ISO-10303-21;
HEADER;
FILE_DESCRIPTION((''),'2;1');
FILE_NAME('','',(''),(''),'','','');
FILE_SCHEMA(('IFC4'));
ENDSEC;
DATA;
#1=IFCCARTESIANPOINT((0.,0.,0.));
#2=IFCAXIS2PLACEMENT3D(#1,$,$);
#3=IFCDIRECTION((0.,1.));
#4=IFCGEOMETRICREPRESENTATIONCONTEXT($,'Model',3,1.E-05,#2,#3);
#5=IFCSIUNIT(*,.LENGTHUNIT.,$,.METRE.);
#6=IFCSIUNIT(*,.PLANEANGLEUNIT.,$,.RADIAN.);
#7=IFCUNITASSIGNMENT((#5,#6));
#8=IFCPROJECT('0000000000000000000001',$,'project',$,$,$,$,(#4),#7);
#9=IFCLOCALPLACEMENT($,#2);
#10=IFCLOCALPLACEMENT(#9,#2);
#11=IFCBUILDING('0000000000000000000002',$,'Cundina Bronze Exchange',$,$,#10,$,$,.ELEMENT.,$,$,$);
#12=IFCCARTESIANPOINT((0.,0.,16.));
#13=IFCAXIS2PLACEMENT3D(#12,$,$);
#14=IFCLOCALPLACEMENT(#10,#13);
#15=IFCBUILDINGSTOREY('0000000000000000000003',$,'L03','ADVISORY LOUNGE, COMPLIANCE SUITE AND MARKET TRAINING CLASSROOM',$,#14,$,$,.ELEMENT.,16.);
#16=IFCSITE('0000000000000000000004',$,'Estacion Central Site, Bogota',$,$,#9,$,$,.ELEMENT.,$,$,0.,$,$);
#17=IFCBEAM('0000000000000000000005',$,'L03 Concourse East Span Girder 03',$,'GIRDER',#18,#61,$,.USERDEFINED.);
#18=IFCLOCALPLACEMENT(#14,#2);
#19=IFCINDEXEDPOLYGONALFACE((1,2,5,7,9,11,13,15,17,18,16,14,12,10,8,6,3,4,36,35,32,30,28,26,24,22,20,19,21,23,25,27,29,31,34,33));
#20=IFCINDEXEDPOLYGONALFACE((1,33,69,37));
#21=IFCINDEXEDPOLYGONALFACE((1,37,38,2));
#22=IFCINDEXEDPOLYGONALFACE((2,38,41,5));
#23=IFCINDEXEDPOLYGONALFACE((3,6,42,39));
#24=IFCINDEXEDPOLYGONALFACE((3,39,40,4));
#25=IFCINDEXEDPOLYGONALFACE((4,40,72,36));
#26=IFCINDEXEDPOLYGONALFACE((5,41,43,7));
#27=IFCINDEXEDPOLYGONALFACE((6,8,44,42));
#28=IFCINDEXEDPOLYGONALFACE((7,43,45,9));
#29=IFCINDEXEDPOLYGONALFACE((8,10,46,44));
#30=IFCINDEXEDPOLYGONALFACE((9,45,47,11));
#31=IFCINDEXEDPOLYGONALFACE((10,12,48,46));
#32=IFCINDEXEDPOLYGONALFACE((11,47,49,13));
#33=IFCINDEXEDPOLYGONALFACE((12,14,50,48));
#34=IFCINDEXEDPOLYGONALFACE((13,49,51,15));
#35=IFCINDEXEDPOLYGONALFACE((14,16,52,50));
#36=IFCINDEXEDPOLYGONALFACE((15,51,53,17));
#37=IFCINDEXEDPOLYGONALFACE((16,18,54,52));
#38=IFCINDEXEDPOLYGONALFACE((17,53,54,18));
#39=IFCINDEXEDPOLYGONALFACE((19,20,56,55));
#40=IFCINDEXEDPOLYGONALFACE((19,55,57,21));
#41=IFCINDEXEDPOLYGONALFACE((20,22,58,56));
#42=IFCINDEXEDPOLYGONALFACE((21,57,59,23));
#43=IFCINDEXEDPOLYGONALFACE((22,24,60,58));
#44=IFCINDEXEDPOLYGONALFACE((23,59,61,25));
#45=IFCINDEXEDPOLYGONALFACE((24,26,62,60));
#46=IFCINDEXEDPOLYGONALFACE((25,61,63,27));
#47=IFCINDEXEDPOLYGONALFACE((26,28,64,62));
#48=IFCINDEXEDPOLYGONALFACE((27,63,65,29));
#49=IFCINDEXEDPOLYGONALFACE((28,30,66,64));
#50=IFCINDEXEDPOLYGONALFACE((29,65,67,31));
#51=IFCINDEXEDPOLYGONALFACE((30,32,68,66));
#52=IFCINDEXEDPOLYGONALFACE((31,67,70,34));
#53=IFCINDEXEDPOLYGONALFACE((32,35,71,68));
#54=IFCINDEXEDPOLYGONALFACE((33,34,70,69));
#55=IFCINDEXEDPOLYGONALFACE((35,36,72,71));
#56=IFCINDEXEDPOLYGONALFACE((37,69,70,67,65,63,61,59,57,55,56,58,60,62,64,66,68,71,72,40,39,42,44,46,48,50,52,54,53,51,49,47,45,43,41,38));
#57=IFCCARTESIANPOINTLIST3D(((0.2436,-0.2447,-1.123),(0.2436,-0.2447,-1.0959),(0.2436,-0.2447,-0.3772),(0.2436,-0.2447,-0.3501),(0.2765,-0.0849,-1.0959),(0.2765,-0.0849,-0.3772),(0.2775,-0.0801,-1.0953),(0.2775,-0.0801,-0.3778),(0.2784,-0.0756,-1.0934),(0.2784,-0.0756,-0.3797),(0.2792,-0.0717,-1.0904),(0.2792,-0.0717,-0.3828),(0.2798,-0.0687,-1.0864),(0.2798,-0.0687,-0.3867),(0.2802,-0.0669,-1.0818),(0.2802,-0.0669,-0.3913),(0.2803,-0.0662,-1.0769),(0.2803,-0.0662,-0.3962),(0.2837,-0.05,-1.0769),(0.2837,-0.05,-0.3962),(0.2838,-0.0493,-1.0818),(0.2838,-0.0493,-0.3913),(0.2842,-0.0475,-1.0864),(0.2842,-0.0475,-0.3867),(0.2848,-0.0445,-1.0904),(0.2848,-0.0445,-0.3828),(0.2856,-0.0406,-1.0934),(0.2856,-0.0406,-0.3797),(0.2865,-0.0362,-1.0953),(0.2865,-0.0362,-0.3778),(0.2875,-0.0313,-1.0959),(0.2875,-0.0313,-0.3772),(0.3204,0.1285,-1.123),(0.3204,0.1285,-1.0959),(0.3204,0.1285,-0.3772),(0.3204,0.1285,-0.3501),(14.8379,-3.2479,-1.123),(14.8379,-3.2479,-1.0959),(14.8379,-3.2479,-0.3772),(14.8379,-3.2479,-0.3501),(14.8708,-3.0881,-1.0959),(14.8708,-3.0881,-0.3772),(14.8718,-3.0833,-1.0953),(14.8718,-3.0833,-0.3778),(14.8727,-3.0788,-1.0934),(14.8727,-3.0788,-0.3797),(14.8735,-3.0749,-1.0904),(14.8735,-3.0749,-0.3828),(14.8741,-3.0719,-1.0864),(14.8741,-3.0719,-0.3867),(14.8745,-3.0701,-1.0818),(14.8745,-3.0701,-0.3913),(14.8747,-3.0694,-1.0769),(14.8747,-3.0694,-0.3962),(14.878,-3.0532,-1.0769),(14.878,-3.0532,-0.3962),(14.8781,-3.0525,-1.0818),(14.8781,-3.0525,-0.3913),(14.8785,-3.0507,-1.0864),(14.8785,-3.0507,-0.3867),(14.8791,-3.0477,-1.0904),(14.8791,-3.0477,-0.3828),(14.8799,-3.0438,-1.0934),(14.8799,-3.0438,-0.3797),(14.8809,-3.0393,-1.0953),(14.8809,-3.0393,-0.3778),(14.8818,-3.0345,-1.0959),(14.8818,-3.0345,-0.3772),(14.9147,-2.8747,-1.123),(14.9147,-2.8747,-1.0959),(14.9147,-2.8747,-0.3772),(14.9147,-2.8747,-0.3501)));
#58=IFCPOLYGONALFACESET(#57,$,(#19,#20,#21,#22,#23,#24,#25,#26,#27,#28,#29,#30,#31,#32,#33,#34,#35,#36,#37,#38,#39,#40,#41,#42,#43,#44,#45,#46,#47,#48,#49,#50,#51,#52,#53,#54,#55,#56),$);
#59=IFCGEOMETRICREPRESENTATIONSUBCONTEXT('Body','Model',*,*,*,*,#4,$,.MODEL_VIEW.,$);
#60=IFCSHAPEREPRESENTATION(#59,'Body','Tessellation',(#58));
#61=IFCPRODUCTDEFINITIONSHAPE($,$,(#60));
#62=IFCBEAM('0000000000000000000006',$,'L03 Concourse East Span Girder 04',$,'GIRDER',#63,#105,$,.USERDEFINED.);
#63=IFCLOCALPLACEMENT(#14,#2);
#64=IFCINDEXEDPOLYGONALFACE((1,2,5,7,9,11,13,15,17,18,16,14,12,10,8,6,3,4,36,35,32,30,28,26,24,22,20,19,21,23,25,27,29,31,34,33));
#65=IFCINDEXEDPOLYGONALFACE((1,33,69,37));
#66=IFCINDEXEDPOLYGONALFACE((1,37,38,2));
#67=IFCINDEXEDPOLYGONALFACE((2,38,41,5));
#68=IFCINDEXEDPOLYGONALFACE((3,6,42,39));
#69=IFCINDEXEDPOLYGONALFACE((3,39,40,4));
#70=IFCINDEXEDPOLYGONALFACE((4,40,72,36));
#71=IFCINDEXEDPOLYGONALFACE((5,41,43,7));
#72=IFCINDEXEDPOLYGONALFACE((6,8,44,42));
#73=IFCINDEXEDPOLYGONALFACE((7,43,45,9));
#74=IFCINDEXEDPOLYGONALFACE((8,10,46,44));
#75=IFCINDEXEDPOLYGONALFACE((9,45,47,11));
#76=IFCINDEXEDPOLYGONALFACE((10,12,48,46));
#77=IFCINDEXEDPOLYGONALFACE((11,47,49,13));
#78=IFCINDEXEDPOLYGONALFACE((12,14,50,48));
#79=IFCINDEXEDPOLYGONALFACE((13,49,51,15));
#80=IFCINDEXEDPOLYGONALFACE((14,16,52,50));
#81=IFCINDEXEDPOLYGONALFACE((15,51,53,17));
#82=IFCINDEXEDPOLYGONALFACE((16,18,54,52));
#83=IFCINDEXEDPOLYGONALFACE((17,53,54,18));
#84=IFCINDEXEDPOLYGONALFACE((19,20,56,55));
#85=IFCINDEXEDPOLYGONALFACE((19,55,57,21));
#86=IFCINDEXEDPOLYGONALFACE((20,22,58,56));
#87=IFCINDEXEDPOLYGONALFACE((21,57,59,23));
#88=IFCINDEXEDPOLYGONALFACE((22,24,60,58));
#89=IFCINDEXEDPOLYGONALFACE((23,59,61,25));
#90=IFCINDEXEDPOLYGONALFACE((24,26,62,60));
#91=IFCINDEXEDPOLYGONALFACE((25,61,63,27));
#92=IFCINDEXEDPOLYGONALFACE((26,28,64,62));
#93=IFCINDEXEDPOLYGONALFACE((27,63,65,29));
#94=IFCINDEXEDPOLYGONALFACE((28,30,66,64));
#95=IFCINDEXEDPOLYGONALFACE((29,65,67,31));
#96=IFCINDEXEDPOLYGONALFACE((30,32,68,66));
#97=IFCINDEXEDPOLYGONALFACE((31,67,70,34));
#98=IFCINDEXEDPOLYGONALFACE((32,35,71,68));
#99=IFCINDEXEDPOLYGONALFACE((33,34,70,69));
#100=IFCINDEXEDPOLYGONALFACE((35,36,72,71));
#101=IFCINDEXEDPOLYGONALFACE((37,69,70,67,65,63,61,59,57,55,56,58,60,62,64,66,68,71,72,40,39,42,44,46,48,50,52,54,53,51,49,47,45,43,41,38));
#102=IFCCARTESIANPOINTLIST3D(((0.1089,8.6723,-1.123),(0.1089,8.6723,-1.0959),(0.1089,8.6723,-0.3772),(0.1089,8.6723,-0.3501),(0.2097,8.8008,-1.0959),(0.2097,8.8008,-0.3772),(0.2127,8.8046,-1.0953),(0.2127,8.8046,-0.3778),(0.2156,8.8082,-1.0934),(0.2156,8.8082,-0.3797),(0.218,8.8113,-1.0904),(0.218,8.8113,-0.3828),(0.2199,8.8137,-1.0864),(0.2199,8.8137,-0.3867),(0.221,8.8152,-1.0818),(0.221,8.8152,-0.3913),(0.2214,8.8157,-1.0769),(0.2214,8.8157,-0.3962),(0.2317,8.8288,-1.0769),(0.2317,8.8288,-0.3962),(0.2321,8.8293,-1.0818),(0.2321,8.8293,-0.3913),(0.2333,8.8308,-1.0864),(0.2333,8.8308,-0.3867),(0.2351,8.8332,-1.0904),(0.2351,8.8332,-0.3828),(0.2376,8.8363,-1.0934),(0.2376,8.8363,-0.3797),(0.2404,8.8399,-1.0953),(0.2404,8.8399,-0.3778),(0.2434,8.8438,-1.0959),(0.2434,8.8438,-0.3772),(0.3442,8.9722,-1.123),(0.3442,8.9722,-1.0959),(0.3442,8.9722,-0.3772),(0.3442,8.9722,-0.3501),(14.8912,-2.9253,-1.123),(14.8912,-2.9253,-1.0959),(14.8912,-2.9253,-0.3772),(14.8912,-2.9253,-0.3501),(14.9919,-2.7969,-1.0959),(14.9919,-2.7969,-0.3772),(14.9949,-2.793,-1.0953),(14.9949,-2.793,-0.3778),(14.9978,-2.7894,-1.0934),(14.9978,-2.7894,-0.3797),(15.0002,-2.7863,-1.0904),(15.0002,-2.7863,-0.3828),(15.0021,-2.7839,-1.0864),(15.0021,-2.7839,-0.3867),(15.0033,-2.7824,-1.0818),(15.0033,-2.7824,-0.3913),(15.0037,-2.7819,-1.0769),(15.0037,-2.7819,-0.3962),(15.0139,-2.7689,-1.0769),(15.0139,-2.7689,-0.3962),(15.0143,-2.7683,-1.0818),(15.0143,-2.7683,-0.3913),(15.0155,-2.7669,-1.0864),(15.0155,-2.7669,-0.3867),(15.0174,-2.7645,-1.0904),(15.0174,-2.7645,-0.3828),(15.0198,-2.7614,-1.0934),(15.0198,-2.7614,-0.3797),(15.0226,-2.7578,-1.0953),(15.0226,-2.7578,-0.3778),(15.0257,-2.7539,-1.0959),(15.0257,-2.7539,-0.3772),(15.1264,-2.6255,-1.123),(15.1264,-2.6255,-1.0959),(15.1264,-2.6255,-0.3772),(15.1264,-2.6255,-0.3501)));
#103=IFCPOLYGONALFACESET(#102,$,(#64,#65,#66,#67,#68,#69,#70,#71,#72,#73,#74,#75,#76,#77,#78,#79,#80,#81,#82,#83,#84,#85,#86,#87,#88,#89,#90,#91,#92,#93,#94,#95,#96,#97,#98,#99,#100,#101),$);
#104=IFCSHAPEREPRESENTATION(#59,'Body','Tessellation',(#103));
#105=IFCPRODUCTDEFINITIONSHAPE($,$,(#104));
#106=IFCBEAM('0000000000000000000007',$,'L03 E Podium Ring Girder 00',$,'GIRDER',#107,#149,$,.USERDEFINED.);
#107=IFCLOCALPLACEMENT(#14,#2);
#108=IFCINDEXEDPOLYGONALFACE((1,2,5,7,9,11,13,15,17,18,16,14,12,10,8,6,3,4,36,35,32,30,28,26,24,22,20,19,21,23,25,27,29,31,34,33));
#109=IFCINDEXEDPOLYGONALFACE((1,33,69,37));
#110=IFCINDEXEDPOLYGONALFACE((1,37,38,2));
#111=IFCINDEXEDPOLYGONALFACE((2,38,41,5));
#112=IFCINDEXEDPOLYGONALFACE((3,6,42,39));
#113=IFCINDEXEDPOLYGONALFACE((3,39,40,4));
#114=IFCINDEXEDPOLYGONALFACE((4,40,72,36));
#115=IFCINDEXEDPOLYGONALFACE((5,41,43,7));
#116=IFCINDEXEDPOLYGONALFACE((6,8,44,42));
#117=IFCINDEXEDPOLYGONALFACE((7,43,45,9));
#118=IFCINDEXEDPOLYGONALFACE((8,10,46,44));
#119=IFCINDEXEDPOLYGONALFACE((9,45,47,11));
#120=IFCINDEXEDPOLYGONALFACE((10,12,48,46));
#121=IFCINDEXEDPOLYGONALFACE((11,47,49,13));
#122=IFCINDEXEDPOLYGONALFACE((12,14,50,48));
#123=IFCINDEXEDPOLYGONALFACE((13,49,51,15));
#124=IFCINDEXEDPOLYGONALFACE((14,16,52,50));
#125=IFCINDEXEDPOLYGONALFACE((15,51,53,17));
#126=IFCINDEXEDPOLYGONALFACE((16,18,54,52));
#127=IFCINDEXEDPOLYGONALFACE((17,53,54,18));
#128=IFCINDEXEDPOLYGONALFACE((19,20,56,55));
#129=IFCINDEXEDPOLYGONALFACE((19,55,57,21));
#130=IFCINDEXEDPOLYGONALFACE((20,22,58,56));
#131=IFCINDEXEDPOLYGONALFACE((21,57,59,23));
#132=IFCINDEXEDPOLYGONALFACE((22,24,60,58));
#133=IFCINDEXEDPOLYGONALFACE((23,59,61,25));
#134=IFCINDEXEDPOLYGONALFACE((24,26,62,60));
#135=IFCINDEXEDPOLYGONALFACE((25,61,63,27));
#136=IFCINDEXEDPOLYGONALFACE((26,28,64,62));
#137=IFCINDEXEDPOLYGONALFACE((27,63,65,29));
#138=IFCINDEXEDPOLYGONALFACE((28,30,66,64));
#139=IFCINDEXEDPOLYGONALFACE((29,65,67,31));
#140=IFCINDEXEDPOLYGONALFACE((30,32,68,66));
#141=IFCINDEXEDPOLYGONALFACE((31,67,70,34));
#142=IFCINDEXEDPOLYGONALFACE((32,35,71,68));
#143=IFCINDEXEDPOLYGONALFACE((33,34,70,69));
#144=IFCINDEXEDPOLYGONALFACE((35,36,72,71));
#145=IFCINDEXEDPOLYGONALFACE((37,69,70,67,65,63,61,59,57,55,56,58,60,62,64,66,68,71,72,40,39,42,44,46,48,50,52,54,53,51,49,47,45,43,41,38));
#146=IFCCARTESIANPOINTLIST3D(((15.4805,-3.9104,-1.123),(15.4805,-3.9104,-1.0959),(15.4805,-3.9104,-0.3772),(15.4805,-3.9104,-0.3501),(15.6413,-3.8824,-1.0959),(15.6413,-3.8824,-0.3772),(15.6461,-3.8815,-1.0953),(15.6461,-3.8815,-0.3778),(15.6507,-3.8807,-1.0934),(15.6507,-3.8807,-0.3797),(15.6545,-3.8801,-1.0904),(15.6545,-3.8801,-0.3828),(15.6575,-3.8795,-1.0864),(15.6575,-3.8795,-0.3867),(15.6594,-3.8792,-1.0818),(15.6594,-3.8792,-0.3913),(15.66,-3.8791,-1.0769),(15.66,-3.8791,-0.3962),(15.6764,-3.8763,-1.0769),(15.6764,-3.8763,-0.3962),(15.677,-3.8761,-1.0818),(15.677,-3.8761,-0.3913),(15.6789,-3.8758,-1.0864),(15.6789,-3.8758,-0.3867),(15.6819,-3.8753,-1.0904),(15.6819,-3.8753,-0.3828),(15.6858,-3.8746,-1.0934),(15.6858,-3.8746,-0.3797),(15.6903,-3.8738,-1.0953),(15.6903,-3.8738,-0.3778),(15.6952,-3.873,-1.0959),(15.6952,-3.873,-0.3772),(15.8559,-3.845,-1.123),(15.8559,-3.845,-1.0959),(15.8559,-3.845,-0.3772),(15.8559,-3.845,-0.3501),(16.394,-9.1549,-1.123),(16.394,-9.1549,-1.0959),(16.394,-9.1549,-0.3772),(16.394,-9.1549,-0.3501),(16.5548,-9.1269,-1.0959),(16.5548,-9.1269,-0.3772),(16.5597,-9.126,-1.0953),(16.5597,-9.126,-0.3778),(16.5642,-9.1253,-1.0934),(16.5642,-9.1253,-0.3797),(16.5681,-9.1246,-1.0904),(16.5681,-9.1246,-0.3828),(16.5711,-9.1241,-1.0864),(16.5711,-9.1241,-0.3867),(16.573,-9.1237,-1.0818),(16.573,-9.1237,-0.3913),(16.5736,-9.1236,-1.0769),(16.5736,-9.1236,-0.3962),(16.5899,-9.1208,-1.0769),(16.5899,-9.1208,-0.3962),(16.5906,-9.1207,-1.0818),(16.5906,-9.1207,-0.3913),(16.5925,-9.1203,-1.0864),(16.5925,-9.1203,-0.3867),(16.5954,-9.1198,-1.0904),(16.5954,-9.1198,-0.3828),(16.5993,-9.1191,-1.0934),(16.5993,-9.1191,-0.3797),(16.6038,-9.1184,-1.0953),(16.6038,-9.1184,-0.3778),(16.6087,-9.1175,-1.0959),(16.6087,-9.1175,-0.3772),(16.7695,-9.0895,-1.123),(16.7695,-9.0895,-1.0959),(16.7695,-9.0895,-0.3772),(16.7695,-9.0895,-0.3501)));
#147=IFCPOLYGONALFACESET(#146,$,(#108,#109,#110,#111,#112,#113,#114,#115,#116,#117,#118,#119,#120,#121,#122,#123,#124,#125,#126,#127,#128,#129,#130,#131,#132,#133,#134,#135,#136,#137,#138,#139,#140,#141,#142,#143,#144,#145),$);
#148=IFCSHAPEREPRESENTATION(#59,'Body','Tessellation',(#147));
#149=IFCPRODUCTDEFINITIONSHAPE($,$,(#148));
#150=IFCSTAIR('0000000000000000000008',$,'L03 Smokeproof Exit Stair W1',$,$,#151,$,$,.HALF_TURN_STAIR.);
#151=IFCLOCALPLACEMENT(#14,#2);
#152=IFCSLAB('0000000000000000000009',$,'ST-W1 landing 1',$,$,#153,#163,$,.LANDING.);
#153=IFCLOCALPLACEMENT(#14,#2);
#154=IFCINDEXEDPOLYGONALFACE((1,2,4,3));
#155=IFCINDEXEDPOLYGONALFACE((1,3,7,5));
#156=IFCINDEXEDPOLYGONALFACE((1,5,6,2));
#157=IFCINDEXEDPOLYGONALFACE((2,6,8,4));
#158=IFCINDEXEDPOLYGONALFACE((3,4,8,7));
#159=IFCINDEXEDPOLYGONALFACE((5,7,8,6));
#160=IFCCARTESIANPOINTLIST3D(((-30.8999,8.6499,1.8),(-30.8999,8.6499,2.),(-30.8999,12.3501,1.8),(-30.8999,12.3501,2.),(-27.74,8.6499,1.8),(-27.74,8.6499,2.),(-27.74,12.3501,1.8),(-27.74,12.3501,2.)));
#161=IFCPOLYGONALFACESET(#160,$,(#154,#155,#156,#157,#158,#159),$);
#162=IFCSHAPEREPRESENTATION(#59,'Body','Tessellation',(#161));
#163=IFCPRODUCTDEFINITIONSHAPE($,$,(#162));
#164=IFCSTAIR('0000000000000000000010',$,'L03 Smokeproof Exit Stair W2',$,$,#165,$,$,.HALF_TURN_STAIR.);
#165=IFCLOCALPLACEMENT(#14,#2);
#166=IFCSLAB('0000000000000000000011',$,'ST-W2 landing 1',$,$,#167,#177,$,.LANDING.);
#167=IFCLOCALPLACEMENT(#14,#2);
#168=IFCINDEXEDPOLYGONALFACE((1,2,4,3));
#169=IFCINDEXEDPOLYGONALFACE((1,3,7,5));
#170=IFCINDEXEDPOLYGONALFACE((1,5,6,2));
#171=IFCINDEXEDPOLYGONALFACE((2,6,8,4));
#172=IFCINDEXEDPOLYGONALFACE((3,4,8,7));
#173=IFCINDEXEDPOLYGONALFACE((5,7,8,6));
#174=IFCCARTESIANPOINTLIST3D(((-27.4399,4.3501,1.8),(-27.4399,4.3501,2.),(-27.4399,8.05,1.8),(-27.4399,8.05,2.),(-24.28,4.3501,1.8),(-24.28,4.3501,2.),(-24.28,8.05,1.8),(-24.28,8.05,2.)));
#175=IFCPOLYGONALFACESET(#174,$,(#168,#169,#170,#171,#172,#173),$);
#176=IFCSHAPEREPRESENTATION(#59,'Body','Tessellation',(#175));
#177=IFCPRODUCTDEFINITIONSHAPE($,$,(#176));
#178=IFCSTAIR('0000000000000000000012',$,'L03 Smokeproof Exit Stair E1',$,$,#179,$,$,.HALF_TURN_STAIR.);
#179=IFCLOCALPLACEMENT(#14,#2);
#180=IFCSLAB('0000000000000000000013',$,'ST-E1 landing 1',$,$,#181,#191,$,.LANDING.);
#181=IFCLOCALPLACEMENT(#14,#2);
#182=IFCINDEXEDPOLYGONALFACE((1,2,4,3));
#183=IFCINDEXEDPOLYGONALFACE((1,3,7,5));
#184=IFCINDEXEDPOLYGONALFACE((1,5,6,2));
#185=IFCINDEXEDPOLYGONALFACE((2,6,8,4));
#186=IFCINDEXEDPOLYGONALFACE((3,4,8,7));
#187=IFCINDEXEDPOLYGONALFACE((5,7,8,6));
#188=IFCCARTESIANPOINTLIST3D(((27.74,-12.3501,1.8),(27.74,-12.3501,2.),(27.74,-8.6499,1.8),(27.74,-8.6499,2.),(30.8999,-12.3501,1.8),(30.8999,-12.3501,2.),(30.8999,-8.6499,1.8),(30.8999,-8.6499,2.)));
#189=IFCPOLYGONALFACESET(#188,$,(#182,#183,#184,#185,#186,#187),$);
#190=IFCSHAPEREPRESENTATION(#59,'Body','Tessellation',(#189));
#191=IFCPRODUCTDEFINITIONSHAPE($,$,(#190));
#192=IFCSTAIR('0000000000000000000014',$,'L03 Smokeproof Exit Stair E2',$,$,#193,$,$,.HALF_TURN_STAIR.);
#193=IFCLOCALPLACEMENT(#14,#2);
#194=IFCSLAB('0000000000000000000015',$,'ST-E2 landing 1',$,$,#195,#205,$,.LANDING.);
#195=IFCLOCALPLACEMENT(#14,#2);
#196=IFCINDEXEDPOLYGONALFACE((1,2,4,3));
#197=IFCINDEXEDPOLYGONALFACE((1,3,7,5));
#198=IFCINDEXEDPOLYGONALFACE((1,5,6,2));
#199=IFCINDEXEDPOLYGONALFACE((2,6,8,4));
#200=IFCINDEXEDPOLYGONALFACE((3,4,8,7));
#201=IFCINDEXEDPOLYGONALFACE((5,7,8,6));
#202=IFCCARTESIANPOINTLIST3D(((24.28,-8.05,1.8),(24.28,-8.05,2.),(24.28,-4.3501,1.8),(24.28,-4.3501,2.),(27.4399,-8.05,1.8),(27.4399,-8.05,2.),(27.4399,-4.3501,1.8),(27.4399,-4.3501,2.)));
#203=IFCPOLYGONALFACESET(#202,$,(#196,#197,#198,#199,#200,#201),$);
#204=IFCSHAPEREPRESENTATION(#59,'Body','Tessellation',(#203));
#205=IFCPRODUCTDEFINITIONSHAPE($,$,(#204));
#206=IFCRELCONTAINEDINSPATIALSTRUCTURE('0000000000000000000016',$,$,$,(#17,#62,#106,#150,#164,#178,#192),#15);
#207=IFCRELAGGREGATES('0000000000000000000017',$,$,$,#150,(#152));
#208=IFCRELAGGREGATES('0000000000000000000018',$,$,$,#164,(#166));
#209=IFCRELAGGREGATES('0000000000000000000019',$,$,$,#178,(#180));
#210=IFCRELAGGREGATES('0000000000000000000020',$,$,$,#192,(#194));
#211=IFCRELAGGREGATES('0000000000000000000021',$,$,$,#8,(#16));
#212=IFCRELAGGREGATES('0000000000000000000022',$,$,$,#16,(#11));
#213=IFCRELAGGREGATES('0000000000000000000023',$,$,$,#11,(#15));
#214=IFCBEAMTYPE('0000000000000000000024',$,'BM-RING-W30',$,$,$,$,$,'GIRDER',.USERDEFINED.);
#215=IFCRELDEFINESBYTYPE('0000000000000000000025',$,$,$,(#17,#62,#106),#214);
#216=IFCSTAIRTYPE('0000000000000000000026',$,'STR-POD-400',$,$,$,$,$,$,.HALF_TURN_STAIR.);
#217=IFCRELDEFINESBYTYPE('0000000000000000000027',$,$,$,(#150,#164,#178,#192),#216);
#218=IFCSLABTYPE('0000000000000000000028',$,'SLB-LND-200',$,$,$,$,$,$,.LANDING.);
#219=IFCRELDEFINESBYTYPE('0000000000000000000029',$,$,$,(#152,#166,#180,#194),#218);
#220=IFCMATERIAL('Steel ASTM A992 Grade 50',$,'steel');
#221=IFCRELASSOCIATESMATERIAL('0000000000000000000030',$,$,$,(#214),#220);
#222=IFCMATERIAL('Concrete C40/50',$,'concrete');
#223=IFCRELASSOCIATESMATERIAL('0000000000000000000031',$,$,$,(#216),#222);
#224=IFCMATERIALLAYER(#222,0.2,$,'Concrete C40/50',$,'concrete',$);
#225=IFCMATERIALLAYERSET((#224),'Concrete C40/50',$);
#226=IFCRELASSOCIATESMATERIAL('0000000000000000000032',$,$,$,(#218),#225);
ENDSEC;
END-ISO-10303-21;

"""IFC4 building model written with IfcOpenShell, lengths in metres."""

from ifc_helpers import new_model, si_unit, direction, frame, origin, origin_2d, place, context, subcontext, project, spatial, polyline, i_section, outline, extrude, material, layer, layer_set, material_profile, profile_set, type_object, element, aggregate, save


model = new_model("IFC4")

# Units and contexts
model_context = context("Model", 3, precision=1e-05, world=origin(), true_north=direction((0.0, 1.0)))
body_context = subcontext(model_context, "Body", "Model", "MODEL_VIEW")
ifc_project = project(units=[si_unit("LENGTHUNIT", "METRE"), si_unit("PLANEANGLEUNIT", "RADIAN")], contexts=[model_context])

# Site, building, storey
site_placement = place(None, origin())
site = spatial("IfcSite", under=ifc_project, at=site_placement, Name="Estacion Central Site, Bogota", CompositionType="ELEMENT", RefElevation=0.0)
building_placement = place(site_placement, origin())
building = spatial("IfcBuilding", under=site, at=building_placement, Name="Cundina Bronze Exchange", CompositionType="ELEMENT")
storey_placement = place(building_placement, frame((0.0, 0.0, 16.0)))
storey = spatial("IfcBuildingStorey", under=building, at=storey_placement, Name="L03", Description="ADVISORY LOUNGE, COMPLIANCE SUITE AND MARKET TRAINING CLASSROOM", CompositionType="ELEMENT", Elevation=16.0)

# Beams
ifc_material_1 = material(Name="Steel ASTM A992 Grade 50", Category="steel")
ifc_material_profile_1 = material_profile(ifc_material_1, i_section(OverallWidth=0.3811, OverallDepth=0.7729, WebThickness=0.0166, FlangeThickness=0.0271, FilletRadius=0.019, at=origin_2d()), Name="W30X173", Category="steel")
ifc_profile_set_1 = profile_set([ifc_material_profile_1], Name="Steel ASTM A992 Grade 50")
beam_type_1 = type_object("IfcBeamType", Name="BM-RING-W30", ElementType="GIRDER", PredefinedType="USERDEFINED", material=ifc_profile_set_1)
beam_1_placement = place(storey_placement, frame((0.282, -0.0581, -0.7366), z_axis=(0.979477, -0.201555, 0.0), x_axis=(0.201555, 0.979477, 0.0)))
element("IfcBeam", 1, at=beam_1_placement, inside=storey, type_object=beam_type_1, Name="L03 Concourse East Span Girder 03", ObjectType="GIRDER", PredefinedType="USERDEFINED", context=body_context, shape_type="SweptSolid", body=[
    extrude(i_section(OverallWidth=0.3811, OverallDepth=0.7729, WebThickness=0.0166, FlangeThickness=0.0271, FilletRadius=0.019, at=origin_2d()), origin(), (0.0, 0.0, 1.0), 14.9001),
])
beam_2_placement = place(storey_placement, frame((0.2266, 8.8223, -0.7366), z_axis=(0.786756, -0.617264, 0.0), x_axis=(0.617264, 0.786756, 0.0)))
element("IfcBeam", 2, at=beam_2_placement, inside=storey, type_object=beam_type_1, Name="L03 Concourse East Span Girder 04", ObjectType="GIRDER", PredefinedType="USERDEFINED", context=body_context, shape_type="SweptSolid", body=[
    extrude(i_section(OverallWidth=0.3811, OverallDepth=0.7729, WebThickness=0.0166, FlangeThickness=0.0271, FilletRadius=0.019, at=origin_2d()), origin(), (0.0, 0.0, 1.0), 18.7888),
])
beam_3_placement = place(storey_placement, frame((15.6682, -3.8777, -0.7366), z_axis=(0.171608, -0.985165, 0.0), x_axis=(0.985165, 0.171608, 0.0)))
element("IfcBeam", 3, at=beam_3_placement, inside=storey, type_object=beam_type_1, Name="L03 E Podium Ring Girder 00", ObjectType="GIRDER", PredefinedType="USERDEFINED", context=body_context, shape_type="SweptSolid", body=[
    extrude(i_section(OverallWidth=0.3811, OverallDepth=0.7729, WebThickness=0.0166, FlangeThickness=0.0271, FilletRadius=0.019, at=origin_2d()), origin(), (0.0, 0.0, 1.0), 5.3235),
])

# Stairs, slabs
ifc_material_2 = material(Name="Concrete C40/50", Category="concrete")
stair_type_1 = type_object("IfcStairType", Name="STR-POD-400", PredefinedType="HALF_TURN_STAIR", material=ifc_material_2)
stair_1_placement = place(storey_placement, origin())
stair_1 = element("IfcStair", 4, at=stair_1_placement, inside=storey, type_object=stair_type_1, Name="L03 Smokeproof Exit Stair W1", PredefinedType="HALF_TURN_STAIR")
ifc_layer_1 = layer(ifc_material_2, 0.2, Name="Concrete C40/50", Category="concrete")
ifc_layer_set_1 = layer_set([ifc_layer_1], Name="Concrete C40/50")
slab_type = type_object("IfcSlabType", Name="SLB-LND-200", PredefinedType="LANDING", material=ifc_layer_set_1)
slab_1_placement = place(storey_placement, frame((0.0, 0.0, 1.8)))
slab_1 = element("IfcSlab", 5, at=slab_1_placement, type_object=slab_type, Name="ST-W1 landing 1", PredefinedType="LANDING", context=body_context, shape_type="SweptSolid", body=[
    extrude(outline(polyline([(-27.74, 8.6499), (-27.74, 12.3501), (-30.8999, 12.3501), (-30.8999, 8.6499), (-27.74, 8.6499)])), origin(), (0.0, 0.0, 1.0), 0.2),
])
aggregate(stair_1, [slab_1])
stair_2_placement = place(storey_placement, origin())
stair_2 = element("IfcStair", 6, at=stair_2_placement, inside=storey, type_object=stair_type_1, Name="L03 Smokeproof Exit Stair W2", PredefinedType="HALF_TURN_STAIR")
slab_2_placement = place(storey_placement, frame((0.0, 0.0, 1.8)))
slab_2 = element("IfcSlab", 7, at=slab_2_placement, type_object=slab_type, Name="ST-W2 landing 1", PredefinedType="LANDING", context=body_context, shape_type="SweptSolid", body=[
    extrude(outline(polyline([(-27.4399, 8.05), (-27.4399, 4.3501), (-24.28, 4.3501), (-24.28, 8.05), (-27.4399, 8.05)])), origin(), (0.0, 0.0, 1.0), 0.2),
])
aggregate(stair_2, [slab_2])
stair_3_placement = place(storey_placement, origin())
stair_3 = element("IfcStair", 8, at=stair_3_placement, inside=storey, type_object=stair_type_1, Name="L03 Smokeproof Exit Stair E1", PredefinedType="HALF_TURN_STAIR")
slab_3_placement = place(storey_placement, frame((0.0, 0.0, 1.8)))
slab_3 = element("IfcSlab", 9, at=slab_3_placement, type_object=slab_type, Name="ST-E1 landing 1", PredefinedType="LANDING", context=body_context, shape_type="SweptSolid", body=[
    extrude(outline(polyline([(27.74, -8.6499), (27.74, -12.3501), (30.8999, -12.3501), (30.8999, -8.6499), (27.74, -8.6499)])), origin(), (0.0, 0.0, 1.0), 0.2),
])
aggregate(stair_3, [slab_3])
stair_4_placement = place(storey_placement, origin())
stair_4 = element("IfcStair", 10, at=stair_4_placement, inside=storey, type_object=stair_type_1, Name="L03 Smokeproof Exit Stair E2", PredefinedType="HALF_TURN_STAIR")
slab_4_placement = place(storey_placement, frame((0.0, 0.0, 1.8)))
slab_4 = element("IfcSlab", 11, at=slab_4_placement, type_object=slab_type, Name="ST-E2 landing 1", PredefinedType="LANDING", context=body_context, shape_type="SweptSolid", body=[
    extrude(outline(polyline([(27.4399, -8.05), (27.4399, -4.3501), (24.28, -4.3501), (24.28, -8.05), (27.4399, -8.05)])), origin(), (0.0, 0.0, 1.0), 0.2),
])
aggregate(stair_4, [slab_4])

save(model, "model.ifc")
